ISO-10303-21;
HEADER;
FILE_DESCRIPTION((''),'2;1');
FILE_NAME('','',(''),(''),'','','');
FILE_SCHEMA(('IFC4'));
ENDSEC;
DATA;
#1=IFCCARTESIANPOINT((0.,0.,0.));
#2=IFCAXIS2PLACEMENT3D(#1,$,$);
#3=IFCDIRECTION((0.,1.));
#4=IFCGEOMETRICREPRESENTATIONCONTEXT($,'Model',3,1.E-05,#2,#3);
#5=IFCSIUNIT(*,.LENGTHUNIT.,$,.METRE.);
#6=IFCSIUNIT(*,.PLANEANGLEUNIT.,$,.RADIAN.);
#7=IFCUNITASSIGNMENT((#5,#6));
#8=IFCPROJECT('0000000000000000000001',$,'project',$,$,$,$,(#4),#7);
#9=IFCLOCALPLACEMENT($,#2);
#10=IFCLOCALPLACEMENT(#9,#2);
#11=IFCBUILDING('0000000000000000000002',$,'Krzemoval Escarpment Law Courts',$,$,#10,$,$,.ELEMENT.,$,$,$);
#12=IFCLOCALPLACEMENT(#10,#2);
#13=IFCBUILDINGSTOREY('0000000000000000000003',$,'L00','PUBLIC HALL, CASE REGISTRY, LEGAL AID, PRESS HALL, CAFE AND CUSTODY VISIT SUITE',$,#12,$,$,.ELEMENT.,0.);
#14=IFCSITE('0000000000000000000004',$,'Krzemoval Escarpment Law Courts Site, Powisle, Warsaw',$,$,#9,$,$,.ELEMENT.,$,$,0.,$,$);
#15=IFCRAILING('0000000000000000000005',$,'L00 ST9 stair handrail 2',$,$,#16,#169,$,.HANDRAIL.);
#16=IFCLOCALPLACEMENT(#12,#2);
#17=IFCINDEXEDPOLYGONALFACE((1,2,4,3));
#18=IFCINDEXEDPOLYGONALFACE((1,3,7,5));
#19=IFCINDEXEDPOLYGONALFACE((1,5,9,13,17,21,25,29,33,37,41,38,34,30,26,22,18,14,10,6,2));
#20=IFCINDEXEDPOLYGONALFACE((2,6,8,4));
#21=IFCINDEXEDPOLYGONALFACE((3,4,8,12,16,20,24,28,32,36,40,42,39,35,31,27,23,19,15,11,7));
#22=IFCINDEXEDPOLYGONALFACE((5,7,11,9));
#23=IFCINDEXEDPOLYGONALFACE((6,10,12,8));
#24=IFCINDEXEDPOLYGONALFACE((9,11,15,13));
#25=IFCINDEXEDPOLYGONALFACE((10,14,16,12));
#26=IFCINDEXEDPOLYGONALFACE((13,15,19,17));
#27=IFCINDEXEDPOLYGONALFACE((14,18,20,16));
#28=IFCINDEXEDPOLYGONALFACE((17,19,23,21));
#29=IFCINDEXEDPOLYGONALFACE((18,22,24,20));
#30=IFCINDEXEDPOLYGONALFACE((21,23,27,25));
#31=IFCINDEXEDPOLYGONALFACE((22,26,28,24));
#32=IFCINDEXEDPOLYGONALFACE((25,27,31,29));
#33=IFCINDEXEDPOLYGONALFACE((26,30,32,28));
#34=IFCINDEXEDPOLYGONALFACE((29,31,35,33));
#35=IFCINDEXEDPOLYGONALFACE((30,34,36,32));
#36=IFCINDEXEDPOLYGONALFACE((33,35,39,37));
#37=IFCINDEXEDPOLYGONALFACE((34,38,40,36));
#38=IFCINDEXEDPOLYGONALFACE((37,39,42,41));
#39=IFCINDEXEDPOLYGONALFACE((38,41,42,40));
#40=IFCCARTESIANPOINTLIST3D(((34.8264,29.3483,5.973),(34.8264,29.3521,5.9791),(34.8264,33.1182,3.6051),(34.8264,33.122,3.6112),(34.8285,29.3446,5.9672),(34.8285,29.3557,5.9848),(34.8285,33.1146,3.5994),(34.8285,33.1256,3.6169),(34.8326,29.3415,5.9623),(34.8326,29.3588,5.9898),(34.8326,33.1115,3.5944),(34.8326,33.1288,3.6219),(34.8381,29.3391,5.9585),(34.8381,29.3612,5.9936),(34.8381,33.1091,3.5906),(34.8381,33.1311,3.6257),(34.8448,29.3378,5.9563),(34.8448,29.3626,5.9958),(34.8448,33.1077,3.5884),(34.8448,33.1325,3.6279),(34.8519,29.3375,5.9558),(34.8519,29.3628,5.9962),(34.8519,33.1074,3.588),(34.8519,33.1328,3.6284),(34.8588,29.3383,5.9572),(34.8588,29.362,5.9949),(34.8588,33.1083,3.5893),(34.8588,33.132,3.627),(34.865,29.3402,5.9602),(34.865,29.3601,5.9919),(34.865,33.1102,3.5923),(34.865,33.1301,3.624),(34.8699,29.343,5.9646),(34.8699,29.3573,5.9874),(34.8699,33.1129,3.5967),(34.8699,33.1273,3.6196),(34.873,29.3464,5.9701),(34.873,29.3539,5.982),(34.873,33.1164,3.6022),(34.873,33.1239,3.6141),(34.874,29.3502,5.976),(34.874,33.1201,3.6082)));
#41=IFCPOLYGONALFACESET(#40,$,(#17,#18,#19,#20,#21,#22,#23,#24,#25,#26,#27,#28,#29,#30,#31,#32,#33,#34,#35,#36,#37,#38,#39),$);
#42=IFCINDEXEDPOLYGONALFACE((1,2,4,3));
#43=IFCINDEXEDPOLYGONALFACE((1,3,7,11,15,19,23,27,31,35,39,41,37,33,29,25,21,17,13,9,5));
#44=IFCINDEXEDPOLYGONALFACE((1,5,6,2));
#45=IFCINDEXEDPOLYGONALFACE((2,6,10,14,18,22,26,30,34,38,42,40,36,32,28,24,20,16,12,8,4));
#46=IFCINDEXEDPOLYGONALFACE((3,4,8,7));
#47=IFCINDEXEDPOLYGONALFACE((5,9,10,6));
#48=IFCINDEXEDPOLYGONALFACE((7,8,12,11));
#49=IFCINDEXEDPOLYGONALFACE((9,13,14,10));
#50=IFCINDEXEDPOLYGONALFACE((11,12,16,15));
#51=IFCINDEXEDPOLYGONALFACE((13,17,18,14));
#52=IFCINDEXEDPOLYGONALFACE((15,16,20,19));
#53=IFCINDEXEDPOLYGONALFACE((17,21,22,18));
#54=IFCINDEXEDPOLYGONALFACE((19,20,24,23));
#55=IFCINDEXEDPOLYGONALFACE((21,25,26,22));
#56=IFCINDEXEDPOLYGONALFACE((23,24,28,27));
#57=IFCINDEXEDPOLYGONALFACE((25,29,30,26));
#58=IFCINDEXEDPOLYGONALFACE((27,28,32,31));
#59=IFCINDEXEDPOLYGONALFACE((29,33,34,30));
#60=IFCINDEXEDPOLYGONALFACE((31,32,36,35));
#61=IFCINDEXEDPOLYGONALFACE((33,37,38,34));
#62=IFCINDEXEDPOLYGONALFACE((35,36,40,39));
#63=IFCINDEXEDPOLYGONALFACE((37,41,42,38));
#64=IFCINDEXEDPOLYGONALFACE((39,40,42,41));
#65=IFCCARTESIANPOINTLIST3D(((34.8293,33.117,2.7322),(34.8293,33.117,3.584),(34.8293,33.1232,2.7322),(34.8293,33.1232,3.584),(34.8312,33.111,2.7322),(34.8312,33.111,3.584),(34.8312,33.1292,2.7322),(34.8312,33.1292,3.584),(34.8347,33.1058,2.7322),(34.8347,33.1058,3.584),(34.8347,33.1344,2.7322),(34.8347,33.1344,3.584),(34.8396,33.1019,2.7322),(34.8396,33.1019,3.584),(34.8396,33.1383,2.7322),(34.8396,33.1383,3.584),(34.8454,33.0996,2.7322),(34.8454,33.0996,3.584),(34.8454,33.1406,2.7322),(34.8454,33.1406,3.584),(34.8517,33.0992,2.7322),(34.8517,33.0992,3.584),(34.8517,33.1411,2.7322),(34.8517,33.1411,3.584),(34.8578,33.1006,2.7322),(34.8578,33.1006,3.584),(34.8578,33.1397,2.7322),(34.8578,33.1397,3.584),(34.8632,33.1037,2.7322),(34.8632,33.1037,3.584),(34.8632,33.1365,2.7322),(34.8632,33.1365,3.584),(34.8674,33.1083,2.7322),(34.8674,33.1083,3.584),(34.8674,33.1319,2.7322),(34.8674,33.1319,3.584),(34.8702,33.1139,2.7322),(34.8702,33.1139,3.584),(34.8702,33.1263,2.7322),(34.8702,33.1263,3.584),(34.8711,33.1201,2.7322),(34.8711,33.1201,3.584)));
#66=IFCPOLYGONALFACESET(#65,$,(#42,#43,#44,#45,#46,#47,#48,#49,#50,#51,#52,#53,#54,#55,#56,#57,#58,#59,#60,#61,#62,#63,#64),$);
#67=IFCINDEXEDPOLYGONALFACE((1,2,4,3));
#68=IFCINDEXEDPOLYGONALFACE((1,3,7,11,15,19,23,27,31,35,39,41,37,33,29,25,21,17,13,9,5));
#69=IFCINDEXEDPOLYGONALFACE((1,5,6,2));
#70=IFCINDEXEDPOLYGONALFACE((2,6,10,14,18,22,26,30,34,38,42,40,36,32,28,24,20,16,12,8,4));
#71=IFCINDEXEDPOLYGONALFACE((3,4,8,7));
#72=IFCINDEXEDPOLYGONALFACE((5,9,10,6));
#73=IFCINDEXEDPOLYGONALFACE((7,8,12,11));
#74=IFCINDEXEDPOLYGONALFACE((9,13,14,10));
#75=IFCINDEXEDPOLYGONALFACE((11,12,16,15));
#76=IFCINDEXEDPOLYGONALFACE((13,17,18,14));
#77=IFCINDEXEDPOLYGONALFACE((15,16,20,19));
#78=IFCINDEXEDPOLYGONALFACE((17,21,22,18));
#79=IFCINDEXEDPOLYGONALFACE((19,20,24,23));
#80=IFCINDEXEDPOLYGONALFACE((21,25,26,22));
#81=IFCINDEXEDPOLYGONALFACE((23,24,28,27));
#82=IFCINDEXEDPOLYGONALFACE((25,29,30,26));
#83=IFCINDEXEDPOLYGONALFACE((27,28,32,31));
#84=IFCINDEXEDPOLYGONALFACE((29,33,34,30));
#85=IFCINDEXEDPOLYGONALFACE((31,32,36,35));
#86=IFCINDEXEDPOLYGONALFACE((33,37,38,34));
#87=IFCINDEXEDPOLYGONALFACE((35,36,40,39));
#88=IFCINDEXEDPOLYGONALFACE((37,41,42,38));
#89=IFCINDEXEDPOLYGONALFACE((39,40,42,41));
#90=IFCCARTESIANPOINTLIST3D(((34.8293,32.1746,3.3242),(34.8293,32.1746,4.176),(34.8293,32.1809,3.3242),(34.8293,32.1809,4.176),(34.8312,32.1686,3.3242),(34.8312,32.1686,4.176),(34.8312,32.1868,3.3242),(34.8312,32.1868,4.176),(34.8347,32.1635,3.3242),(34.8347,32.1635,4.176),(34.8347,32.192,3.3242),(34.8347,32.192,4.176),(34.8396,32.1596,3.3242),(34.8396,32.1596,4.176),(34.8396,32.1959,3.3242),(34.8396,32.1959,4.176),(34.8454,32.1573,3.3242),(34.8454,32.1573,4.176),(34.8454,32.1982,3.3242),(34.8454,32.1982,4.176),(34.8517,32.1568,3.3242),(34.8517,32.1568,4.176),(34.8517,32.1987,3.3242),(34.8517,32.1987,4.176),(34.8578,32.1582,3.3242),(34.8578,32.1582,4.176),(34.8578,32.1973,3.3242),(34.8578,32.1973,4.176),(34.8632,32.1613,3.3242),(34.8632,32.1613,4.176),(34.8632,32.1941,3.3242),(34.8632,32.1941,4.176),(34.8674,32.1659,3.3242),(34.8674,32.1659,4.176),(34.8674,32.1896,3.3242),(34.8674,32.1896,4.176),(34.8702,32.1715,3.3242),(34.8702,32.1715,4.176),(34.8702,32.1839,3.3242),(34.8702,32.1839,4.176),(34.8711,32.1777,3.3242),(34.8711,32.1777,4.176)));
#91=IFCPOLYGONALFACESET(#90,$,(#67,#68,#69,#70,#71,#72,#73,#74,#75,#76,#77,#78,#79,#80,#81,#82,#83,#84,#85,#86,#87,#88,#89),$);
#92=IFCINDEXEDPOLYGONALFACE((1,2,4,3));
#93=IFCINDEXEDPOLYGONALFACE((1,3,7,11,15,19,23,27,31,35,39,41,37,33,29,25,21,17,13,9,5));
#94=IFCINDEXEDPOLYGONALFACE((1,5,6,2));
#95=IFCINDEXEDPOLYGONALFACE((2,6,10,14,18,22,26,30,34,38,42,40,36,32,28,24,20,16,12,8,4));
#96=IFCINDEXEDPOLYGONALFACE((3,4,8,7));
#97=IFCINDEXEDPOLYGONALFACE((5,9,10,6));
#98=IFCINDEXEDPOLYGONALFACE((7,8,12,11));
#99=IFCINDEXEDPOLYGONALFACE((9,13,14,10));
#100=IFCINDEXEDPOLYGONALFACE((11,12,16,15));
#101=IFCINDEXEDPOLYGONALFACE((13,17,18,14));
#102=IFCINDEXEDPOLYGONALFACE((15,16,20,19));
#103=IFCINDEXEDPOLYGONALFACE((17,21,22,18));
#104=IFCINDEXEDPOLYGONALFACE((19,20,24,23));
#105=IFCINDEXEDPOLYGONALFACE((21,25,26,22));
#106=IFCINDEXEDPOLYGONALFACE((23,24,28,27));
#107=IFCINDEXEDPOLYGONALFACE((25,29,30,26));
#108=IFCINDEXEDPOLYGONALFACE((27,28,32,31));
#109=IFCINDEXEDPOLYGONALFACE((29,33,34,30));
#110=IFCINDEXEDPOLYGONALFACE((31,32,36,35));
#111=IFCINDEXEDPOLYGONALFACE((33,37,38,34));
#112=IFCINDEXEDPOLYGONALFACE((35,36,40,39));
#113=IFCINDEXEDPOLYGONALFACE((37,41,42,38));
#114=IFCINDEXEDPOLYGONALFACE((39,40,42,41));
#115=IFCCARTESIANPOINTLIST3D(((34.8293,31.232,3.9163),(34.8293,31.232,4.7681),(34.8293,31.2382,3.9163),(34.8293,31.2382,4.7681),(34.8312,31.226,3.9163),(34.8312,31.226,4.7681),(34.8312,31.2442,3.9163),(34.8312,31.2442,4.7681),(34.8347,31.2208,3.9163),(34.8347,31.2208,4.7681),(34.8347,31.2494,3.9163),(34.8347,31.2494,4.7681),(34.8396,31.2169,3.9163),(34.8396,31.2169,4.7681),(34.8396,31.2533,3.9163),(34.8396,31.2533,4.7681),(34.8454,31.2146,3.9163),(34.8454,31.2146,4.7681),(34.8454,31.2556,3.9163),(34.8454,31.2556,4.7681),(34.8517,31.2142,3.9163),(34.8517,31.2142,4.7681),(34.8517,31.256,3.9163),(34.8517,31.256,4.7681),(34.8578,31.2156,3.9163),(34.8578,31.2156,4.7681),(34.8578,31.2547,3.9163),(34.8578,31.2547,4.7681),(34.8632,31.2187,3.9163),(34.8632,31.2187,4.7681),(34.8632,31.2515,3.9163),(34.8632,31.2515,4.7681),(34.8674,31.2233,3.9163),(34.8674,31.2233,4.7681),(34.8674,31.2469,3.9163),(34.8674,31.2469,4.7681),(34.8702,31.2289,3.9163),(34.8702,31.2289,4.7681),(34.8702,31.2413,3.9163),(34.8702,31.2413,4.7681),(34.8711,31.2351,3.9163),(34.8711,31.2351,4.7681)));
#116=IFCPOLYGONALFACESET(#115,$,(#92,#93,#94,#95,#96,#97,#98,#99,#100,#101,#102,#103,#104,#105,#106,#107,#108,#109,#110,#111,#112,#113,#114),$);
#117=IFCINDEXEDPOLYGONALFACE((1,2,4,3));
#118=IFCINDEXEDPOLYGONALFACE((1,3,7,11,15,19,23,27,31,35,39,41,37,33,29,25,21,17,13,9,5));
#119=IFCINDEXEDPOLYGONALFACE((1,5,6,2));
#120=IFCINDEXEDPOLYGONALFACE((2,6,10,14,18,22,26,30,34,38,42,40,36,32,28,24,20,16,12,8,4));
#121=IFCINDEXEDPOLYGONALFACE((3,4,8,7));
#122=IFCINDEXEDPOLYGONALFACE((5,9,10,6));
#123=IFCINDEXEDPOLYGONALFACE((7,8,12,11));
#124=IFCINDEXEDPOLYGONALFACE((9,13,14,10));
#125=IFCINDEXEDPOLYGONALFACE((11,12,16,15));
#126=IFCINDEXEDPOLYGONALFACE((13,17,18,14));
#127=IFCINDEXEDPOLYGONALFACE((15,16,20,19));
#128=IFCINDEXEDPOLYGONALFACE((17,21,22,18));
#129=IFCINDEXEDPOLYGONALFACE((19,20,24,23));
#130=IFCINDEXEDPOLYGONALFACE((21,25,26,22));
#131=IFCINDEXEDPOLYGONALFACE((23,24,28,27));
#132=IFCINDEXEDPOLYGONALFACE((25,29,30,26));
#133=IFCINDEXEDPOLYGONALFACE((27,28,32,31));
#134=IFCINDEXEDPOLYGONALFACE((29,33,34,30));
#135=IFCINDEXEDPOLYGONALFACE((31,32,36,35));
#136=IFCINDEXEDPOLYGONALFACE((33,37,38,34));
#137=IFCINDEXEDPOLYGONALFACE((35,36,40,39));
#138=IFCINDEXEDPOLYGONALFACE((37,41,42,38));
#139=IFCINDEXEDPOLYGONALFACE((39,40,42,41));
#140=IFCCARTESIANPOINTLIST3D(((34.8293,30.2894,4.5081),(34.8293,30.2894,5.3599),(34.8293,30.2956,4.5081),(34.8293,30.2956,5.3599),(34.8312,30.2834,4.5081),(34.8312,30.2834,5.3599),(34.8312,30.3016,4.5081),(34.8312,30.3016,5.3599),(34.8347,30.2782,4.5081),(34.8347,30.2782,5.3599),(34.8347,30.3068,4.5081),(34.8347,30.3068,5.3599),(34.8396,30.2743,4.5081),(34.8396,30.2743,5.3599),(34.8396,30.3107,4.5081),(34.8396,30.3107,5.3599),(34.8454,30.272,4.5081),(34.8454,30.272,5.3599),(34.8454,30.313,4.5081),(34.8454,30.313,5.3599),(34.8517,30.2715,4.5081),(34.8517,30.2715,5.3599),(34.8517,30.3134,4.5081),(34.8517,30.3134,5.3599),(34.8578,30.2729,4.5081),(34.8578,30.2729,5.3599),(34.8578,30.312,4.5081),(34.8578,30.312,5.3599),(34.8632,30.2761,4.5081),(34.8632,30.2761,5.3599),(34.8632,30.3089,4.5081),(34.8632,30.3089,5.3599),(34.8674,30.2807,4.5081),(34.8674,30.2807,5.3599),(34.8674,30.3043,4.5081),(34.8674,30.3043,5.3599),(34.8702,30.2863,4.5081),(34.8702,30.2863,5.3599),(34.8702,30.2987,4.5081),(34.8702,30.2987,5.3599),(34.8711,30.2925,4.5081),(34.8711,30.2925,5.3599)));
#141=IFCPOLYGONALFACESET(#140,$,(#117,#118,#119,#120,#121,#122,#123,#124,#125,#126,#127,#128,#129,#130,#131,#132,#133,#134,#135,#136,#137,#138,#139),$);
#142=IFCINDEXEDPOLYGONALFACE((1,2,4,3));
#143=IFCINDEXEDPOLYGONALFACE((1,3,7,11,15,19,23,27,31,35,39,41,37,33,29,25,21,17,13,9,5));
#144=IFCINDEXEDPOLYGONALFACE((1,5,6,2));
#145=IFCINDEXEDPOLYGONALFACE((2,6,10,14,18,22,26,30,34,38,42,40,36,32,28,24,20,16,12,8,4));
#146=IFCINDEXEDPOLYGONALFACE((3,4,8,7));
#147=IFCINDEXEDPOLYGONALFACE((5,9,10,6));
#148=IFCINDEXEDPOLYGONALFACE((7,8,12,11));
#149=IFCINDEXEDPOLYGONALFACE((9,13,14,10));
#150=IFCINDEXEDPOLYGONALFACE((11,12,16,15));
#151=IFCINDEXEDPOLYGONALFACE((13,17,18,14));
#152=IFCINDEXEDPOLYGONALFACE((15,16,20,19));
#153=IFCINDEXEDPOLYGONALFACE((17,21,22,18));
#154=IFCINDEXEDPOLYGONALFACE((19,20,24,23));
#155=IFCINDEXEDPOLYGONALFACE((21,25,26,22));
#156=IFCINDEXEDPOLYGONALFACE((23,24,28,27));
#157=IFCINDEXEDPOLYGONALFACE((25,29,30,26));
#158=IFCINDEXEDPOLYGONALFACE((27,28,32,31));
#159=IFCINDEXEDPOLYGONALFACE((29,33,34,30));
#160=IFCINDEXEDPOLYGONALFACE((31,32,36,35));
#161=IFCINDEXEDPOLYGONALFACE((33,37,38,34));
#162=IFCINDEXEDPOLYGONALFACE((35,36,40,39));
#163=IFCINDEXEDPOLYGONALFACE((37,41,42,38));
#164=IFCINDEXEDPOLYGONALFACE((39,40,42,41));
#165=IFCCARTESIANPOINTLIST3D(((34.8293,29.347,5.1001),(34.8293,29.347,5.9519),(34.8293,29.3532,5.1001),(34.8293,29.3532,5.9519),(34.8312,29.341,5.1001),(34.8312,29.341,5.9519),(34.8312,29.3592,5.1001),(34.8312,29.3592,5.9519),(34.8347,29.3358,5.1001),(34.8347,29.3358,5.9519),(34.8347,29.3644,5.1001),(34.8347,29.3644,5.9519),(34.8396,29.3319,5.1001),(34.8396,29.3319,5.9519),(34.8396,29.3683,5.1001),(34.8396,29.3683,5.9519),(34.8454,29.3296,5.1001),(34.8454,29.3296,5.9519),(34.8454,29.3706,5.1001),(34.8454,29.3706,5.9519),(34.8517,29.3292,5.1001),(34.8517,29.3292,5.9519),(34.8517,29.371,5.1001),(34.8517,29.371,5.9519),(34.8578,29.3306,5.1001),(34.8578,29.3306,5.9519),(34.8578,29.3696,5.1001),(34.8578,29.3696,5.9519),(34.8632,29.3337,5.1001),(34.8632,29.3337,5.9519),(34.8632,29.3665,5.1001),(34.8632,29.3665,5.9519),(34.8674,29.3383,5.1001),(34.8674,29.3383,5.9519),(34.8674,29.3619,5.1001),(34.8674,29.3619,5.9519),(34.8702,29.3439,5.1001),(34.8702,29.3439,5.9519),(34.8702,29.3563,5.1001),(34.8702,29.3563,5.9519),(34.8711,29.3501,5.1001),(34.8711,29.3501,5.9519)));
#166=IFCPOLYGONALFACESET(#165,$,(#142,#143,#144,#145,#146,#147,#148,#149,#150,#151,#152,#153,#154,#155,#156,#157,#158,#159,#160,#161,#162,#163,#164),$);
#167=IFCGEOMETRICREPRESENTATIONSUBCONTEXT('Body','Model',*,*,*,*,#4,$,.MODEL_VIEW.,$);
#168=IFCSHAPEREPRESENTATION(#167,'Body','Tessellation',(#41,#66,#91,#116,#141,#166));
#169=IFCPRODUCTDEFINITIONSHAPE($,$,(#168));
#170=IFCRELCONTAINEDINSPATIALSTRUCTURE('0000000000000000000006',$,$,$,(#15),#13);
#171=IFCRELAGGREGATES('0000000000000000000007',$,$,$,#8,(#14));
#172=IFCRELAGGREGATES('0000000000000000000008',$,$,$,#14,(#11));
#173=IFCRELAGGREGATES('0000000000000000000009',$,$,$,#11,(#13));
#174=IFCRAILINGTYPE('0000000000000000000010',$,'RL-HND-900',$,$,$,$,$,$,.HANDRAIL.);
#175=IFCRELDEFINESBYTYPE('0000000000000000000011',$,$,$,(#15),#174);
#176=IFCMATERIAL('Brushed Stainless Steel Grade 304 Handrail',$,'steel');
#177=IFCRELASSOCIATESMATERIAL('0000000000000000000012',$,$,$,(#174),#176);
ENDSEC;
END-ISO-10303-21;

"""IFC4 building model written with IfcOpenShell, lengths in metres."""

from ifc_helpers import new_model, si_unit, direction, frame, origin, origin_2d, place, context, subcontext, project, spatial, circle, extrude, material, type_object, element, save


model = new_model("IFC4")

# Units and contexts
model_context = context("Model", 3, precision=1e-05, world=origin(), true_north=direction((0.0, 1.0)))
body_context = subcontext(model_context, "Body", "Model", "MODEL_VIEW")
ifc_project = project(units=[si_unit("LENGTHUNIT", "METRE"), si_unit("PLANEANGLEUNIT", "RADIAN")], contexts=[model_context])

# Site, building, storey
site_placement = place(None, origin())
site = spatial("IfcSite", under=ifc_project, at=site_placement, Name="Krzemoval Escarpment Law Courts Site, Powisle, Warsaw", CompositionType="ELEMENT", RefElevation=0.0)
building_placement = place(site_placement, origin())
building = spatial("IfcBuilding", under=site, at=building_placement, Name="Krzemoval Escarpment Law Courts", CompositionType="ELEMENT")
storey_placement = place(building_placement, origin())
storey = spatial("IfcBuildingStorey", under=building, at=storey_placement, Name="L00", Description="PUBLIC HALL, CASE REGISTRY, LEGAL AID, PRESS HALL, CAFE AND CUSTODY VISIT SUITE", CompositionType="ELEMENT", Elevation=0.0)

# Railing
ifc_material_1 = material(Name="Brushed Stainless Steel Grade 304 Handrail", Category="steel")
railing_type_1 = type_object("IfcRailingType", Name="RL-HND-900", PredefinedType="HANDRAIL", material=ifc_material_1)
railing_1_placement = place(storey_placement, frame((34.8501, 33.1201, 2.7322)))
element("IfcRailing", 1, at=railing_1_placement, inside=storey, type_object=railing_type_1, Name="L00 ST9 stair handrail 2", PredefinedType="HANDRAIL", context=body_context, shape_type="SweptSolid", body=[
    extrude(circle(Radius=0.0239, at=origin_2d()), frame((0.0, 0.0, 0.876), z_axis=(0.0, -0.846819, 0.531881), x_axis=(1.0, 0.0, 0.0)), (0.0, 0.0, 1.0), 4.4519),
    extrude(circle(Radius=0.021, at=origin_2d()), origin(), (0.0, 0.0, 1.0), 0.8518),
    extrude(circle(Radius=0.021, at=origin_2d()), frame((0.0, -0.9424, 0.592)), (0.0, 0.0, 1.0), 0.8518),
    extrude(circle(Radius=0.021, at=origin_2d()), frame((0.0, -1.885, 1.1841)), (0.0, 0.0, 1.0), 0.8518),
    extrude(circle(Radius=0.021, at=origin_2d()), frame((0.0, -2.8276, 1.7759)), (0.0, 0.0, 1.0), 0.8518),
    extrude(circle(Radius=0.021, at=origin_2d()), frame((0.0, -3.77, 2.3679)), (0.0, 0.0, 1.0), 0.8518),
])

save(model, "model.ifc")
